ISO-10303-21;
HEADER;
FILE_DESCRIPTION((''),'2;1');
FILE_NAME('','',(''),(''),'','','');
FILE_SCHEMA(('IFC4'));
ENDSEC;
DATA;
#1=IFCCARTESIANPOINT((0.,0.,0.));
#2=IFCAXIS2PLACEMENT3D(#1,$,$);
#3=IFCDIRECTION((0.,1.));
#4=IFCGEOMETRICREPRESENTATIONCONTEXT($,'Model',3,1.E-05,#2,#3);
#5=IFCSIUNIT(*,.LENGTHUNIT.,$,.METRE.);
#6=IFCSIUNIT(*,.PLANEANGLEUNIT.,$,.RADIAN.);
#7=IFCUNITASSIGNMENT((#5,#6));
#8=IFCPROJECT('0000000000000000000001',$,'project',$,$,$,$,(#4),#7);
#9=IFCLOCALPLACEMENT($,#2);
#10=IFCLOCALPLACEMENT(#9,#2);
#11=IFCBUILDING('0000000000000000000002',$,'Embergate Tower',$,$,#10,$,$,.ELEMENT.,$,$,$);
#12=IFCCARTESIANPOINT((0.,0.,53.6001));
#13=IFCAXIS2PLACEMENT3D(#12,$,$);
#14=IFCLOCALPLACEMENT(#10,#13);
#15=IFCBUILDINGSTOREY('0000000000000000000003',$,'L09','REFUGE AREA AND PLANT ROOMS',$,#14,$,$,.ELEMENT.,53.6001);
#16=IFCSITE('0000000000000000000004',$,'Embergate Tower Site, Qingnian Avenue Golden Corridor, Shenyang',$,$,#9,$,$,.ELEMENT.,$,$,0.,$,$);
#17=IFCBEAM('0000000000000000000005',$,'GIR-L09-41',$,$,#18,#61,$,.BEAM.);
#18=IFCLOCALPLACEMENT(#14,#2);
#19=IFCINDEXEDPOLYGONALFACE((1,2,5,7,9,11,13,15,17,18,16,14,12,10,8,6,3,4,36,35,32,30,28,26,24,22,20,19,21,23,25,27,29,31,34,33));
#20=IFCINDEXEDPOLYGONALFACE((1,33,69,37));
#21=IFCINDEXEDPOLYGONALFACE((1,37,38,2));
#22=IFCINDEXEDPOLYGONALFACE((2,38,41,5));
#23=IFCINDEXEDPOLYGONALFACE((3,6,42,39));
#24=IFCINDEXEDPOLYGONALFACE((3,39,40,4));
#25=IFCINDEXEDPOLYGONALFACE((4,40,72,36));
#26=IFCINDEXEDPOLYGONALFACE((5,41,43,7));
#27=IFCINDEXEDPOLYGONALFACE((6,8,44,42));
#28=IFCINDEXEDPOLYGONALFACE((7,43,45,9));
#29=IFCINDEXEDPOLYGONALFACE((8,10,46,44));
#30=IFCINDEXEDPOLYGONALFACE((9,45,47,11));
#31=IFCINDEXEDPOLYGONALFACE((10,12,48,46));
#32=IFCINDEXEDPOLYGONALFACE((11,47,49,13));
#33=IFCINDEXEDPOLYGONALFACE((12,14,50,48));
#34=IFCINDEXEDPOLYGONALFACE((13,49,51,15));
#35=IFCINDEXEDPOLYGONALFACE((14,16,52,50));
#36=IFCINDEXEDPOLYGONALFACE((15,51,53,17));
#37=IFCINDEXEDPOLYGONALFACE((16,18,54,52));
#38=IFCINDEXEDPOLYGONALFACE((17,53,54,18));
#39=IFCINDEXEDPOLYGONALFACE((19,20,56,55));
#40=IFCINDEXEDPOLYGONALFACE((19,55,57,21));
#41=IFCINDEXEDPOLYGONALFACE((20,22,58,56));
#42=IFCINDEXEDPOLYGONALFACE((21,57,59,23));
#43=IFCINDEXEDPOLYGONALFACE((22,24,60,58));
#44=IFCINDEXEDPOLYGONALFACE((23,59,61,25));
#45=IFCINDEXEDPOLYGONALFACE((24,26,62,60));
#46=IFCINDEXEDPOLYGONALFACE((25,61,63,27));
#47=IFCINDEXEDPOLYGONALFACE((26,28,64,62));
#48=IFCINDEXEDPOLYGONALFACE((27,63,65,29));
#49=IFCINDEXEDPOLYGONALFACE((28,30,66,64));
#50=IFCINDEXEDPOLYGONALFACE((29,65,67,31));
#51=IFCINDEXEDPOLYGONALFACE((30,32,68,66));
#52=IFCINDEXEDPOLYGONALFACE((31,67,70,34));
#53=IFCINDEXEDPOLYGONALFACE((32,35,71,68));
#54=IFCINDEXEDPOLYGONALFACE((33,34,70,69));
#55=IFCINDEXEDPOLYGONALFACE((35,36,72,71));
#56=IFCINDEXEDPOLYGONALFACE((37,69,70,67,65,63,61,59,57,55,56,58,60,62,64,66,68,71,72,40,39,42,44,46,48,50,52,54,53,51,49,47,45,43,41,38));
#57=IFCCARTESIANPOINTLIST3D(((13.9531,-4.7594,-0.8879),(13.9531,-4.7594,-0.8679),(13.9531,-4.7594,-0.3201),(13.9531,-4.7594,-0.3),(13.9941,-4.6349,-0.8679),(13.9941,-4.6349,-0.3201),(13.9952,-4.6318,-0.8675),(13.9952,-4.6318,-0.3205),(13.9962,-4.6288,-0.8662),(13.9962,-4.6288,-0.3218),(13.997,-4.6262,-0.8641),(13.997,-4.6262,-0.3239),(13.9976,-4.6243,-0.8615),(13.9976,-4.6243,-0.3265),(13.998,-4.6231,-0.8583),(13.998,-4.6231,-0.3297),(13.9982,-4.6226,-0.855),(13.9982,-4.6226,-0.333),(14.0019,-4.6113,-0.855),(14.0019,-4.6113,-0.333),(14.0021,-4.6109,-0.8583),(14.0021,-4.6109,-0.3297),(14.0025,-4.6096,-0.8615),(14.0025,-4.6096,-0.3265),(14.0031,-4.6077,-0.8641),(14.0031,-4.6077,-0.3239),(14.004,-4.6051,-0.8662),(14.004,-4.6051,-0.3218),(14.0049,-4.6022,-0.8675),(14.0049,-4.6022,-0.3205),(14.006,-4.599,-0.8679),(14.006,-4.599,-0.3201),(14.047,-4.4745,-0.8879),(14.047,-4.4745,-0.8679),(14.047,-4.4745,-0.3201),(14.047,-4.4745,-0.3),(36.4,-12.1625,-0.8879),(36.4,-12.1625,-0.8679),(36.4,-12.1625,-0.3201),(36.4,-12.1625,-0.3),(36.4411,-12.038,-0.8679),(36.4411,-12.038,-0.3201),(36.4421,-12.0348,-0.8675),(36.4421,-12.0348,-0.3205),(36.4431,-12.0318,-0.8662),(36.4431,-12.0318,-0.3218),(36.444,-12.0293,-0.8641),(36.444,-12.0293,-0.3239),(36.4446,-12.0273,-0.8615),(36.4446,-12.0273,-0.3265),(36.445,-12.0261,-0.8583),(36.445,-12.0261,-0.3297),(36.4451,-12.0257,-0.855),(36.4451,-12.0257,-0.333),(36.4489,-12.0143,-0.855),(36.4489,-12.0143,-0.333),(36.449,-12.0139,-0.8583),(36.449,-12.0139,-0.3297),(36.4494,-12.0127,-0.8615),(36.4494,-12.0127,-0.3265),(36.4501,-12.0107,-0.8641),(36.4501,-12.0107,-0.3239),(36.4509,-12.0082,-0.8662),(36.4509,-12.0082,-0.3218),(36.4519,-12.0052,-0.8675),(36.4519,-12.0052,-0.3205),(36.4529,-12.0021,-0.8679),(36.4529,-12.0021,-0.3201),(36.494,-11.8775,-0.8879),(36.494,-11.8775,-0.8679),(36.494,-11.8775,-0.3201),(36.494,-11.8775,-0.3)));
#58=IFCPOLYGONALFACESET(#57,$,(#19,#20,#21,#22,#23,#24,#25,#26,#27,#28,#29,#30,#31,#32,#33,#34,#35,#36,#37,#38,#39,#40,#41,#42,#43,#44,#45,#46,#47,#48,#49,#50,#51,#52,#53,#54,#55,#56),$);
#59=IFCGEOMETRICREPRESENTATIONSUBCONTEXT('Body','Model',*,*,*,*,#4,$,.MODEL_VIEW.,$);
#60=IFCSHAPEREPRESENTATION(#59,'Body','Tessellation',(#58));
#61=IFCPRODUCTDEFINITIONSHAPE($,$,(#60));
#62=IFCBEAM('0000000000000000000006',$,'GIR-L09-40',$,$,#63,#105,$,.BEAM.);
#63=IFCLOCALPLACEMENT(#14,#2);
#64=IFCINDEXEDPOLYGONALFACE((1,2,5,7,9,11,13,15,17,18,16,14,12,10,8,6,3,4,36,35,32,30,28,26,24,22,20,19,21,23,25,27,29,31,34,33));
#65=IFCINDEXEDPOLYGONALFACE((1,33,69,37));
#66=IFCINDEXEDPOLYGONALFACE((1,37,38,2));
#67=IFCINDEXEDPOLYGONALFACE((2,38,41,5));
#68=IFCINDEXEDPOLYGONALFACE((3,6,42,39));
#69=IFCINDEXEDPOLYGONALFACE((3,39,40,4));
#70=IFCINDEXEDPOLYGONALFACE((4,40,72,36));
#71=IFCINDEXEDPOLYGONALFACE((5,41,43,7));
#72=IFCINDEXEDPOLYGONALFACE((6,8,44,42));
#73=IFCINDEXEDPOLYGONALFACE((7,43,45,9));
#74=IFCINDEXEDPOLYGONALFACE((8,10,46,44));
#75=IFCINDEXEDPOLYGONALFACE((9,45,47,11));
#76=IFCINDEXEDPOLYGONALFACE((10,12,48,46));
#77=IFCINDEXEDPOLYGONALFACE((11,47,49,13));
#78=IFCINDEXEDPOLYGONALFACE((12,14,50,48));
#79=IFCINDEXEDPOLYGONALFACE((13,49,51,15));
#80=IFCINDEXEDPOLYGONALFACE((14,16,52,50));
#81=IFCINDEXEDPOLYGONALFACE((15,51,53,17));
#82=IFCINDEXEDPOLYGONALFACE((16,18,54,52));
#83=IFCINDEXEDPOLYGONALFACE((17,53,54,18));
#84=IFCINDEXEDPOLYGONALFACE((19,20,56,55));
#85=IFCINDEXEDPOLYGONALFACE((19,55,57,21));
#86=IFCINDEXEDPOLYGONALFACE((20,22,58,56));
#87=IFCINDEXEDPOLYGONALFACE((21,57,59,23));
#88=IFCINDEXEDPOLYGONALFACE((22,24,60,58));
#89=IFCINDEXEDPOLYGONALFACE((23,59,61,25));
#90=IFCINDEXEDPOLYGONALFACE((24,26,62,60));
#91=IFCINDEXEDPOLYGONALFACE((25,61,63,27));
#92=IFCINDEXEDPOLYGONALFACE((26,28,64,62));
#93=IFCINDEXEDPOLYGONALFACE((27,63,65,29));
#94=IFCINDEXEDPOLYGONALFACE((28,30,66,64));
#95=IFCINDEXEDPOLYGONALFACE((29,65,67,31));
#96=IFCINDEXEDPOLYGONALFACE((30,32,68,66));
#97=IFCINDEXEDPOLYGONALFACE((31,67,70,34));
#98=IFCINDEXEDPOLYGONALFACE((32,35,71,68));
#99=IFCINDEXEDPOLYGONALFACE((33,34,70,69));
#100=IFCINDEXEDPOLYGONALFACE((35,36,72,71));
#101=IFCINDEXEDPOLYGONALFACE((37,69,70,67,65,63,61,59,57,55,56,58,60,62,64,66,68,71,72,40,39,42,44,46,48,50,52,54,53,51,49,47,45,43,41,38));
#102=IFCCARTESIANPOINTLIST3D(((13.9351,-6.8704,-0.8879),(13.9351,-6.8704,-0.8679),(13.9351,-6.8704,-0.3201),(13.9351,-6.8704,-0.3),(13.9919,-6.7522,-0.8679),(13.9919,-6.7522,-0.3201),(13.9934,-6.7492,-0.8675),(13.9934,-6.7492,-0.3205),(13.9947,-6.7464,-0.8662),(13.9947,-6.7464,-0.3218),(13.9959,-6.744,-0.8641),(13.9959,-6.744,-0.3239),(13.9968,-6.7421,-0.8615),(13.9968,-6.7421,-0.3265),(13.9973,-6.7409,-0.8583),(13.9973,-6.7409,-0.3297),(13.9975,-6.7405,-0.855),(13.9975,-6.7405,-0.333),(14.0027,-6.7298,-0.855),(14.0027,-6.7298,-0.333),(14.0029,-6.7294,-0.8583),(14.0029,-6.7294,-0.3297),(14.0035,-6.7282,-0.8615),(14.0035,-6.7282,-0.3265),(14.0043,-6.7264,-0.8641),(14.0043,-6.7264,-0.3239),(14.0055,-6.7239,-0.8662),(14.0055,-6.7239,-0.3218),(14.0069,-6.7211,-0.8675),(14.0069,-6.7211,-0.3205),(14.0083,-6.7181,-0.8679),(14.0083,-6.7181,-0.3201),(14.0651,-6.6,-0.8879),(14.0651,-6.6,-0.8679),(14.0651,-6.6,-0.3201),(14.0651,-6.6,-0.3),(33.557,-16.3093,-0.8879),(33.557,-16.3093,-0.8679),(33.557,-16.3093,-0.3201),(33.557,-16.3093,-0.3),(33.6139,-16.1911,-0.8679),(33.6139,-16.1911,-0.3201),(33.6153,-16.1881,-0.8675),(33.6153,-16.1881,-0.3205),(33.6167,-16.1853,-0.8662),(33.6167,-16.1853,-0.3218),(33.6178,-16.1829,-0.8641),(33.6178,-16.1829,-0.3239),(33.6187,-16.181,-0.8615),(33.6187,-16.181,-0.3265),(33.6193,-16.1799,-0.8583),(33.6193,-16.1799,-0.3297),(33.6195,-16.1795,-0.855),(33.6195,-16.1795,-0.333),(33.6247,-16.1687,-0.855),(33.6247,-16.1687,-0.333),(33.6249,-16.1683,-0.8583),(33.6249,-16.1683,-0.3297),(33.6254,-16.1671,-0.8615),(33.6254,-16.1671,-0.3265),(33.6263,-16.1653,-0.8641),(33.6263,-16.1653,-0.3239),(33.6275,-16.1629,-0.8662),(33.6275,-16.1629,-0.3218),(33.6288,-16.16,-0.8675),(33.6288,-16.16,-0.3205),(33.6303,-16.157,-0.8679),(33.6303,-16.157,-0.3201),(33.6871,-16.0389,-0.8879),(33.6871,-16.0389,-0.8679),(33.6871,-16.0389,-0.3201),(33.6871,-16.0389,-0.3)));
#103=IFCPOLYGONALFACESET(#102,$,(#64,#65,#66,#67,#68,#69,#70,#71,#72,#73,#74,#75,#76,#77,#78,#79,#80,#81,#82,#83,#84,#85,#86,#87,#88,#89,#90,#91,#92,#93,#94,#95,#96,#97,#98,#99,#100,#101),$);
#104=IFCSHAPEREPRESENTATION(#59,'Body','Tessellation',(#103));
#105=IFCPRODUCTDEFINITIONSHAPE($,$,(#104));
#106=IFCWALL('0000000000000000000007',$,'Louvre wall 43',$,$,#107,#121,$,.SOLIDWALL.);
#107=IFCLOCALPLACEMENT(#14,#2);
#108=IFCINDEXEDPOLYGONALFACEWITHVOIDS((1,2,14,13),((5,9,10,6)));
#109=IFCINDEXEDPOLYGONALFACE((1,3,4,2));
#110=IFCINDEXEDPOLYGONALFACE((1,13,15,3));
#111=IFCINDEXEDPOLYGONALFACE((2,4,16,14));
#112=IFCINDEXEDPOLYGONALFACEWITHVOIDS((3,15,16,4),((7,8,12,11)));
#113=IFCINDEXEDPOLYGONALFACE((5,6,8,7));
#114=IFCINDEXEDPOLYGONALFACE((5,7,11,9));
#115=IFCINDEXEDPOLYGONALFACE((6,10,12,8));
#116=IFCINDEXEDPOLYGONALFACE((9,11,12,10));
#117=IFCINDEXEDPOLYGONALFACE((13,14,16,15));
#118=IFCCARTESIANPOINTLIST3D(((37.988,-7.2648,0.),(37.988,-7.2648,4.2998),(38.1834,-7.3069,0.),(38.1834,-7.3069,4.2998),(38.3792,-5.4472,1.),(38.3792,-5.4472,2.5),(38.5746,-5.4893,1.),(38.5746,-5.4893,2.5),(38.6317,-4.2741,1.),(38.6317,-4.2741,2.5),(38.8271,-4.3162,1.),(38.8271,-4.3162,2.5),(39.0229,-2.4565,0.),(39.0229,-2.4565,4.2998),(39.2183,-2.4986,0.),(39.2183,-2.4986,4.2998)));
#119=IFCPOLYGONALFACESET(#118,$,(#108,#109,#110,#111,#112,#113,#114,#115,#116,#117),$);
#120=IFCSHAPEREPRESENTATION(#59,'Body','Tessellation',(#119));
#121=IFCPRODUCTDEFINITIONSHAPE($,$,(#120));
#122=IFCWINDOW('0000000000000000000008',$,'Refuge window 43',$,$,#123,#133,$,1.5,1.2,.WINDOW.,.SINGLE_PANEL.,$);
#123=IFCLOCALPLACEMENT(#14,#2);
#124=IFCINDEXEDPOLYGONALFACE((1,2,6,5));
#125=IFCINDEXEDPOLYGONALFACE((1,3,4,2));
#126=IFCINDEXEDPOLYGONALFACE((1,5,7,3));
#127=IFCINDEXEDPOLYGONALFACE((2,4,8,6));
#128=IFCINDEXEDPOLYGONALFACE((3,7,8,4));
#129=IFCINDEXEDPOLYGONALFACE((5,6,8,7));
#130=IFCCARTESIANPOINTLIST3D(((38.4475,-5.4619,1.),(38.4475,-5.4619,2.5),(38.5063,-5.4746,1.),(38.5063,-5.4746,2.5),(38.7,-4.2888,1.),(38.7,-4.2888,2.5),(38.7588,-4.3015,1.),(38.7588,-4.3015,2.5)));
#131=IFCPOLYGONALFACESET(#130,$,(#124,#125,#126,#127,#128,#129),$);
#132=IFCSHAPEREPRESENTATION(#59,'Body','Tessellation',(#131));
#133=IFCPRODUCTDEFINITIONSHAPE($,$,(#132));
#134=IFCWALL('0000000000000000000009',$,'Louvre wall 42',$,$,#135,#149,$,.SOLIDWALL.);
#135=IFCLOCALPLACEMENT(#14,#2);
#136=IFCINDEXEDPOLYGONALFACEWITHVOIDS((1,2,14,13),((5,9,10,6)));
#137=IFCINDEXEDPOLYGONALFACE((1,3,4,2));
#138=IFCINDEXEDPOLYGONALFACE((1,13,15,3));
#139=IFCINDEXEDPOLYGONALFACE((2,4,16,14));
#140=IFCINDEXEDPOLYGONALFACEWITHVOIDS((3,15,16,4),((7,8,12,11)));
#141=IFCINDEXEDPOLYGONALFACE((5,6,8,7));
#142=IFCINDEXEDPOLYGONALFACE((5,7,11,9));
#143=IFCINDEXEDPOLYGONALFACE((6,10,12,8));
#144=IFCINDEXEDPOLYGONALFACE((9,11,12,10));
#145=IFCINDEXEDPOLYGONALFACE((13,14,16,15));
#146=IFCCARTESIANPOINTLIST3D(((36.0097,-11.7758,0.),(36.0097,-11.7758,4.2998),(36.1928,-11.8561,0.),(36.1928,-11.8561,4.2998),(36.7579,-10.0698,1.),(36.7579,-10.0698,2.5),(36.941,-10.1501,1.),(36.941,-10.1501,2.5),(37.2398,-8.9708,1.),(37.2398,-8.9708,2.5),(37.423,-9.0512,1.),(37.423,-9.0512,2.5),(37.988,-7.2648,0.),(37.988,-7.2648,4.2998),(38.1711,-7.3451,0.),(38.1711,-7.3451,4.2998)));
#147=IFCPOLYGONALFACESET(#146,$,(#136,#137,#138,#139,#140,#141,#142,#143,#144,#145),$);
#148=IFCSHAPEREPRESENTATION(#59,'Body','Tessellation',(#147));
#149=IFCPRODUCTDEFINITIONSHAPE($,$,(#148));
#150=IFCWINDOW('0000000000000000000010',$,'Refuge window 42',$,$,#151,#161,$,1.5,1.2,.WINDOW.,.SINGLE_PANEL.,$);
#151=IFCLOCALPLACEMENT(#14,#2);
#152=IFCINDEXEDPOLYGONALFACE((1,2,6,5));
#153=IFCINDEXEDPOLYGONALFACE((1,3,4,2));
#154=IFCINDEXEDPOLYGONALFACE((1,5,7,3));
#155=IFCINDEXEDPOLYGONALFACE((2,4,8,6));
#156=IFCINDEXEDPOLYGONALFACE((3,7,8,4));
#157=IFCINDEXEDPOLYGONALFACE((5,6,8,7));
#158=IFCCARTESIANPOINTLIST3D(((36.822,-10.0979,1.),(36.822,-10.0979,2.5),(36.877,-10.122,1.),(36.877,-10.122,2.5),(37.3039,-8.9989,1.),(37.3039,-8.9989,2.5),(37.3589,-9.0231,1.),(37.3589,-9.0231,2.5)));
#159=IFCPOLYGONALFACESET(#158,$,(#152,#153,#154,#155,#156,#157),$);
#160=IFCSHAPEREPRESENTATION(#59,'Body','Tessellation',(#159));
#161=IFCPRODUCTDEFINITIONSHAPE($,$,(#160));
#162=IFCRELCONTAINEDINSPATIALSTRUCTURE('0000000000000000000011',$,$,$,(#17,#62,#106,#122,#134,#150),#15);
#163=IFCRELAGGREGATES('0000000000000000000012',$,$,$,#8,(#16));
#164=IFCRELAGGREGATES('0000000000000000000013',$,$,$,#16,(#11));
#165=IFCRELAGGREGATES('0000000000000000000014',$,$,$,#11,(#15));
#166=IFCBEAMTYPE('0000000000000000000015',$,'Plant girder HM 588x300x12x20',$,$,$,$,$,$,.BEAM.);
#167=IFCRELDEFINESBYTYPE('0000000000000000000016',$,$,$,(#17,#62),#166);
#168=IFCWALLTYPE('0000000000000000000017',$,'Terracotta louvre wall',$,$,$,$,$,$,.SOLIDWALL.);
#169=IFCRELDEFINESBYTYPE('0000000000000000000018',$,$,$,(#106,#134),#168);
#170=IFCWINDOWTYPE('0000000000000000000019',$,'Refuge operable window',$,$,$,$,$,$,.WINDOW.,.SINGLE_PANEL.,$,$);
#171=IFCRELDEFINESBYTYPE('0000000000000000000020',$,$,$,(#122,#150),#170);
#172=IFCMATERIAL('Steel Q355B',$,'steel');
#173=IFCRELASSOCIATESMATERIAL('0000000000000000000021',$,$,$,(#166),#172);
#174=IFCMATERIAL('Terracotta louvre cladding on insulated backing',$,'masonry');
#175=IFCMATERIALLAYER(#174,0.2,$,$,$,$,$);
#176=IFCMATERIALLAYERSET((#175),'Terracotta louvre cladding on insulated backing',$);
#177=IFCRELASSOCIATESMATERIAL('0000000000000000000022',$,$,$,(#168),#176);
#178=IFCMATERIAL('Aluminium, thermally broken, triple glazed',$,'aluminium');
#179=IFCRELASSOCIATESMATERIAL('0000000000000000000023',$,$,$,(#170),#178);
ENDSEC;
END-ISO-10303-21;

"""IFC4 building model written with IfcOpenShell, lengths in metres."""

from ifc_helpers import new_model, si_unit, direction, frame, frame_2d, origin, origin_2d, place, context, subcontext, project, spatial, rectangle, i_section, extrude, source, transform, mapped, material, layer, layer_set, material_profile, profile_set, type_object, element, fill, save


model = new_model("IFC4")

# Units and contexts
model_context = context("Model", 3, precision=1e-05, world=origin(), true_north=direction((0.0, 1.0)))
body_context = subcontext(model_context, "Body", "Model", "MODEL_VIEW")
ifc_project = project(units=[si_unit("LENGTHUNIT", "METRE"), si_unit("PLANEANGLEUNIT", "RADIAN")], contexts=[model_context])

# Site, building, storey
site_placement = place(None, origin())
site = spatial("IfcSite", under=ifc_project, at=site_placement, Name="Embergate Tower Site, Qingnian Avenue Golden Corridor, Shenyang", CompositionType="ELEMENT", RefElevation=0.0)
building_placement = place(site_placement, origin())
building = spatial("IfcBuilding", under=site, at=building_placement, Name="Embergate Tower", CompositionType="ELEMENT")
storey_placement = place(building_placement, frame((0.0, 0.0, 53.6001)))
storey = spatial("IfcBuildingStorey", under=building, at=storey_placement, Name="L09", Description="REFUGE AREA AND PLANT ROOMS", CompositionType="ELEMENT", Elevation=53.6001)

# Beams
ifc_material_1 = material(Name="Steel Q355B", Category="steel")
ifc_material_profile_1 = material_profile(ifc_material_1, i_section(OverallWidth=0.3, OverallDepth=0.5879, WebThickness=0.012, FlangeThickness=0.02, FilletRadius=0.0129, at=origin_2d()), Name="HM 588x300x12x20")
ifc_profile_set_1 = profile_set([ifc_material_profile_1], Name="Steel Q355 grade B")
beam_type_1 = type_object("IfcBeamType", Name="Plant girder HM 588x300x12x20", PredefinedType="BEAM", material=ifc_profile_set_1)
shared_shape_1 = source(origin(), body_context, "Body", "SweptSolid", [
    extrude(i_section(OverallWidth=0.3, OverallDepth=0.5879, WebThickness=0.012, FlangeThickness=0.02, FilletRadius=0.0129, at=origin_2d()), origin(), (0.0, 0.0, 1.0), 23.6362),
])
beam_1_placement = place(storey_placement, frame((36.447, -12.02, -0.594), z_axis=(-0.949685, 0.313208, 0.0), x_axis=(-0.313208, -0.949685, 0.0)))
element("IfcBeam", 1, at=beam_1_placement, inside=storey, type_object=beam_type_1, Name="GIR-L09-41", PredefinedType="BEAM", context=body_context, shape_type="MappedRepresentation", body=[
    mapped(shared_shape_1, transform((0.0, 0.0, 0.0))),
])
shared_shape_2 = source(origin(), body_context, "Body", "SweptSolid", [
    extrude(i_section(OverallWidth=0.3, OverallDepth=0.5879, WebThickness=0.012, FlangeThickness=0.02, FilletRadius=0.0129, at=origin_2d()), origin(), (0.0, 0.0, 1.0), 21.7742),
])
beam_2_placement = place(storey_placement, frame((33.6221, -16.1741, -0.594), z_axis=(-0.901158, 0.433491, 0.0), x_axis=(-0.433491, -0.901158, 0.0)))
element("IfcBeam", 2, at=beam_2_placement, inside=storey, type_object=beam_type_1, Name="GIR-L09-40", PredefinedType="BEAM", context=body_context, shape_type="MappedRepresentation", body=[
    mapped(shared_shape_2, transform((0.0, 0.0, 0.0))),
])

# Walls, openings, windows
ifc_material_2 = material(Name="Terracotta louvre cladding on insulated backing", Category="masonry")
ifc_layer_1 = layer(ifc_material_2, 0.2)
ifc_layer_set_1 = layer_set([ifc_layer_1], Name="Terracotta louvre cladding on insulated backing")
wall_type_1 = type_object("IfcWallType", Name="Terracotta louvre wall", PredefinedType="SOLIDWALL", material=ifc_layer_set_1)
shared_shape_3 = source(origin(), body_context, "Body", "SweptSolid", [
    extrude(rectangle(XDim=4.9185, YDim=0.2, at=frame_2d((2.4592, 0.0))), origin(), (0.0, 0.0, 1.0), 4.2998),
])
wall_1_placement = place(storey_placement, frame((39.1206, -2.4775, 0.0), z_axis=(0.0, 0.0, 1.0), x_axis=(-0.210414, -0.977612, 0.0)))
wall_1 = element("IfcWall", 3, at=wall_1_placement, inside=storey, type_object=wall_type_1, Name="Louvre wall 43", PredefinedType="SOLIDWALL", context=body_context, shape_type="MappedRepresentation", body=[
    mapped(shared_shape_3, transform((0.0, 0.0, 0.0))),
])
shared_shape_4 = source(origin(), body_context, "Body", "SweptSolid", [
    extrude(rectangle(XDim=1.2, YDim=1.5, at=frame_2d((0.6001, 0.75))), frame((0.0, 0.1099, 0.0), z_axis=(0.0, -1.0, 0.0), x_axis=(1.0, 0.0, 0.0)), (0.0, 0.0, 1.0), 0.22),
])
opening_1_placement = place(wall_1_placement, frame((1.8591, 0.0, 1.0)))
opening_1 = element("IfcOpeningElement", 4, at=opening_1_placement, cuts=wall_1, PredefinedType="OPENING", context=body_context, shape_type="MappedRepresentation", body=[
    mapped(shared_shape_4, transform((0.0, 0.0, 0.0))),
])
ifc_material_3 = material(Name="Aluminium, thermally broken, triple glazed", Category="aluminium")
window_type = type_object("IfcWindowType", Name="Refuge operable window", PartitioningType="SINGLE_PANEL", PredefinedType="WINDOW", material=ifc_material_3)
shared_shape_5 = source(origin(), body_context, "Body", "SweptSolid", [
    extrude(rectangle(XDim=1.2, YDim=1.5, at=frame_2d((0.6001, 0.75))), frame((0.0, 0.03, 0.0), z_axis=(0.0, -1.0, 0.0), x_axis=(1.0, 0.0, 0.0)), (0.0, 0.0, 1.0), 0.0601),
])
window_1_placement = place(opening_1_placement, origin())
window_1 = element("IfcWindow", 5, at=window_1_placement, inside=storey, type_object=window_type, Name="Refuge window 43", OverallHeight=1.5, OverallWidth=1.2, PartitioningType="SINGLE_PANEL", PredefinedType="WINDOW", context=body_context, shape_type="MappedRepresentation", body=[
    mapped(shared_shape_5, transform((0.0, 0.0, 0.0))),
])
fill(opening_1, window_1)
shared_shape_6 = source(origin(), body_context, "Body", "SweptSolid", [
    extrude(rectangle(XDim=4.9258, YDim=0.2, at=frame_2d((2.4629, 0.0))), origin(), (0.0, 0.0, 1.0), 4.2998),
])
wall_2_placement = place(storey_placement, frame((38.0796, -7.3049, 0.0), z_axis=(0.0, 0.0, 1.0), x_axis=(-0.401622, -0.915805, 0.0)))
wall_2 = element("IfcWall", 6, at=wall_2_placement, inside=storey, type_object=wall_type_1, Name="Louvre wall 42", PredefinedType="SOLIDWALL", context=body_context, shape_type="MappedRepresentation", body=[
    mapped(shared_shape_6, transform((0.0, 0.0, 0.0))),
])
opening_2_placement = place(wall_2_placement, frame((1.8628, 0.0, 1.0)))
opening_2 = element("IfcOpeningElement", 7, at=opening_2_placement, cuts=wall_2, PredefinedType="OPENING", context=body_context, shape_type="MappedRepresentation", body=[
    mapped(shared_shape_4, transform((0.0, 0.0, 0.0))),
])
window_2_placement = place(opening_2_placement, origin())
window_2 = element("IfcWindow", 8, at=window_2_placement, inside=storey, type_object=window_type, Name="Refuge window 42", OverallHeight=1.5, OverallWidth=1.2, PartitioningType="SINGLE_PANEL", PredefinedType="WINDOW", context=body_context, shape_type="MappedRepresentation", body=[
    mapped(shared_shape_5, transform((0.0, 0.0, 0.0))),
])
fill(opening_2, window_2)

save(model, "model.ifc")
